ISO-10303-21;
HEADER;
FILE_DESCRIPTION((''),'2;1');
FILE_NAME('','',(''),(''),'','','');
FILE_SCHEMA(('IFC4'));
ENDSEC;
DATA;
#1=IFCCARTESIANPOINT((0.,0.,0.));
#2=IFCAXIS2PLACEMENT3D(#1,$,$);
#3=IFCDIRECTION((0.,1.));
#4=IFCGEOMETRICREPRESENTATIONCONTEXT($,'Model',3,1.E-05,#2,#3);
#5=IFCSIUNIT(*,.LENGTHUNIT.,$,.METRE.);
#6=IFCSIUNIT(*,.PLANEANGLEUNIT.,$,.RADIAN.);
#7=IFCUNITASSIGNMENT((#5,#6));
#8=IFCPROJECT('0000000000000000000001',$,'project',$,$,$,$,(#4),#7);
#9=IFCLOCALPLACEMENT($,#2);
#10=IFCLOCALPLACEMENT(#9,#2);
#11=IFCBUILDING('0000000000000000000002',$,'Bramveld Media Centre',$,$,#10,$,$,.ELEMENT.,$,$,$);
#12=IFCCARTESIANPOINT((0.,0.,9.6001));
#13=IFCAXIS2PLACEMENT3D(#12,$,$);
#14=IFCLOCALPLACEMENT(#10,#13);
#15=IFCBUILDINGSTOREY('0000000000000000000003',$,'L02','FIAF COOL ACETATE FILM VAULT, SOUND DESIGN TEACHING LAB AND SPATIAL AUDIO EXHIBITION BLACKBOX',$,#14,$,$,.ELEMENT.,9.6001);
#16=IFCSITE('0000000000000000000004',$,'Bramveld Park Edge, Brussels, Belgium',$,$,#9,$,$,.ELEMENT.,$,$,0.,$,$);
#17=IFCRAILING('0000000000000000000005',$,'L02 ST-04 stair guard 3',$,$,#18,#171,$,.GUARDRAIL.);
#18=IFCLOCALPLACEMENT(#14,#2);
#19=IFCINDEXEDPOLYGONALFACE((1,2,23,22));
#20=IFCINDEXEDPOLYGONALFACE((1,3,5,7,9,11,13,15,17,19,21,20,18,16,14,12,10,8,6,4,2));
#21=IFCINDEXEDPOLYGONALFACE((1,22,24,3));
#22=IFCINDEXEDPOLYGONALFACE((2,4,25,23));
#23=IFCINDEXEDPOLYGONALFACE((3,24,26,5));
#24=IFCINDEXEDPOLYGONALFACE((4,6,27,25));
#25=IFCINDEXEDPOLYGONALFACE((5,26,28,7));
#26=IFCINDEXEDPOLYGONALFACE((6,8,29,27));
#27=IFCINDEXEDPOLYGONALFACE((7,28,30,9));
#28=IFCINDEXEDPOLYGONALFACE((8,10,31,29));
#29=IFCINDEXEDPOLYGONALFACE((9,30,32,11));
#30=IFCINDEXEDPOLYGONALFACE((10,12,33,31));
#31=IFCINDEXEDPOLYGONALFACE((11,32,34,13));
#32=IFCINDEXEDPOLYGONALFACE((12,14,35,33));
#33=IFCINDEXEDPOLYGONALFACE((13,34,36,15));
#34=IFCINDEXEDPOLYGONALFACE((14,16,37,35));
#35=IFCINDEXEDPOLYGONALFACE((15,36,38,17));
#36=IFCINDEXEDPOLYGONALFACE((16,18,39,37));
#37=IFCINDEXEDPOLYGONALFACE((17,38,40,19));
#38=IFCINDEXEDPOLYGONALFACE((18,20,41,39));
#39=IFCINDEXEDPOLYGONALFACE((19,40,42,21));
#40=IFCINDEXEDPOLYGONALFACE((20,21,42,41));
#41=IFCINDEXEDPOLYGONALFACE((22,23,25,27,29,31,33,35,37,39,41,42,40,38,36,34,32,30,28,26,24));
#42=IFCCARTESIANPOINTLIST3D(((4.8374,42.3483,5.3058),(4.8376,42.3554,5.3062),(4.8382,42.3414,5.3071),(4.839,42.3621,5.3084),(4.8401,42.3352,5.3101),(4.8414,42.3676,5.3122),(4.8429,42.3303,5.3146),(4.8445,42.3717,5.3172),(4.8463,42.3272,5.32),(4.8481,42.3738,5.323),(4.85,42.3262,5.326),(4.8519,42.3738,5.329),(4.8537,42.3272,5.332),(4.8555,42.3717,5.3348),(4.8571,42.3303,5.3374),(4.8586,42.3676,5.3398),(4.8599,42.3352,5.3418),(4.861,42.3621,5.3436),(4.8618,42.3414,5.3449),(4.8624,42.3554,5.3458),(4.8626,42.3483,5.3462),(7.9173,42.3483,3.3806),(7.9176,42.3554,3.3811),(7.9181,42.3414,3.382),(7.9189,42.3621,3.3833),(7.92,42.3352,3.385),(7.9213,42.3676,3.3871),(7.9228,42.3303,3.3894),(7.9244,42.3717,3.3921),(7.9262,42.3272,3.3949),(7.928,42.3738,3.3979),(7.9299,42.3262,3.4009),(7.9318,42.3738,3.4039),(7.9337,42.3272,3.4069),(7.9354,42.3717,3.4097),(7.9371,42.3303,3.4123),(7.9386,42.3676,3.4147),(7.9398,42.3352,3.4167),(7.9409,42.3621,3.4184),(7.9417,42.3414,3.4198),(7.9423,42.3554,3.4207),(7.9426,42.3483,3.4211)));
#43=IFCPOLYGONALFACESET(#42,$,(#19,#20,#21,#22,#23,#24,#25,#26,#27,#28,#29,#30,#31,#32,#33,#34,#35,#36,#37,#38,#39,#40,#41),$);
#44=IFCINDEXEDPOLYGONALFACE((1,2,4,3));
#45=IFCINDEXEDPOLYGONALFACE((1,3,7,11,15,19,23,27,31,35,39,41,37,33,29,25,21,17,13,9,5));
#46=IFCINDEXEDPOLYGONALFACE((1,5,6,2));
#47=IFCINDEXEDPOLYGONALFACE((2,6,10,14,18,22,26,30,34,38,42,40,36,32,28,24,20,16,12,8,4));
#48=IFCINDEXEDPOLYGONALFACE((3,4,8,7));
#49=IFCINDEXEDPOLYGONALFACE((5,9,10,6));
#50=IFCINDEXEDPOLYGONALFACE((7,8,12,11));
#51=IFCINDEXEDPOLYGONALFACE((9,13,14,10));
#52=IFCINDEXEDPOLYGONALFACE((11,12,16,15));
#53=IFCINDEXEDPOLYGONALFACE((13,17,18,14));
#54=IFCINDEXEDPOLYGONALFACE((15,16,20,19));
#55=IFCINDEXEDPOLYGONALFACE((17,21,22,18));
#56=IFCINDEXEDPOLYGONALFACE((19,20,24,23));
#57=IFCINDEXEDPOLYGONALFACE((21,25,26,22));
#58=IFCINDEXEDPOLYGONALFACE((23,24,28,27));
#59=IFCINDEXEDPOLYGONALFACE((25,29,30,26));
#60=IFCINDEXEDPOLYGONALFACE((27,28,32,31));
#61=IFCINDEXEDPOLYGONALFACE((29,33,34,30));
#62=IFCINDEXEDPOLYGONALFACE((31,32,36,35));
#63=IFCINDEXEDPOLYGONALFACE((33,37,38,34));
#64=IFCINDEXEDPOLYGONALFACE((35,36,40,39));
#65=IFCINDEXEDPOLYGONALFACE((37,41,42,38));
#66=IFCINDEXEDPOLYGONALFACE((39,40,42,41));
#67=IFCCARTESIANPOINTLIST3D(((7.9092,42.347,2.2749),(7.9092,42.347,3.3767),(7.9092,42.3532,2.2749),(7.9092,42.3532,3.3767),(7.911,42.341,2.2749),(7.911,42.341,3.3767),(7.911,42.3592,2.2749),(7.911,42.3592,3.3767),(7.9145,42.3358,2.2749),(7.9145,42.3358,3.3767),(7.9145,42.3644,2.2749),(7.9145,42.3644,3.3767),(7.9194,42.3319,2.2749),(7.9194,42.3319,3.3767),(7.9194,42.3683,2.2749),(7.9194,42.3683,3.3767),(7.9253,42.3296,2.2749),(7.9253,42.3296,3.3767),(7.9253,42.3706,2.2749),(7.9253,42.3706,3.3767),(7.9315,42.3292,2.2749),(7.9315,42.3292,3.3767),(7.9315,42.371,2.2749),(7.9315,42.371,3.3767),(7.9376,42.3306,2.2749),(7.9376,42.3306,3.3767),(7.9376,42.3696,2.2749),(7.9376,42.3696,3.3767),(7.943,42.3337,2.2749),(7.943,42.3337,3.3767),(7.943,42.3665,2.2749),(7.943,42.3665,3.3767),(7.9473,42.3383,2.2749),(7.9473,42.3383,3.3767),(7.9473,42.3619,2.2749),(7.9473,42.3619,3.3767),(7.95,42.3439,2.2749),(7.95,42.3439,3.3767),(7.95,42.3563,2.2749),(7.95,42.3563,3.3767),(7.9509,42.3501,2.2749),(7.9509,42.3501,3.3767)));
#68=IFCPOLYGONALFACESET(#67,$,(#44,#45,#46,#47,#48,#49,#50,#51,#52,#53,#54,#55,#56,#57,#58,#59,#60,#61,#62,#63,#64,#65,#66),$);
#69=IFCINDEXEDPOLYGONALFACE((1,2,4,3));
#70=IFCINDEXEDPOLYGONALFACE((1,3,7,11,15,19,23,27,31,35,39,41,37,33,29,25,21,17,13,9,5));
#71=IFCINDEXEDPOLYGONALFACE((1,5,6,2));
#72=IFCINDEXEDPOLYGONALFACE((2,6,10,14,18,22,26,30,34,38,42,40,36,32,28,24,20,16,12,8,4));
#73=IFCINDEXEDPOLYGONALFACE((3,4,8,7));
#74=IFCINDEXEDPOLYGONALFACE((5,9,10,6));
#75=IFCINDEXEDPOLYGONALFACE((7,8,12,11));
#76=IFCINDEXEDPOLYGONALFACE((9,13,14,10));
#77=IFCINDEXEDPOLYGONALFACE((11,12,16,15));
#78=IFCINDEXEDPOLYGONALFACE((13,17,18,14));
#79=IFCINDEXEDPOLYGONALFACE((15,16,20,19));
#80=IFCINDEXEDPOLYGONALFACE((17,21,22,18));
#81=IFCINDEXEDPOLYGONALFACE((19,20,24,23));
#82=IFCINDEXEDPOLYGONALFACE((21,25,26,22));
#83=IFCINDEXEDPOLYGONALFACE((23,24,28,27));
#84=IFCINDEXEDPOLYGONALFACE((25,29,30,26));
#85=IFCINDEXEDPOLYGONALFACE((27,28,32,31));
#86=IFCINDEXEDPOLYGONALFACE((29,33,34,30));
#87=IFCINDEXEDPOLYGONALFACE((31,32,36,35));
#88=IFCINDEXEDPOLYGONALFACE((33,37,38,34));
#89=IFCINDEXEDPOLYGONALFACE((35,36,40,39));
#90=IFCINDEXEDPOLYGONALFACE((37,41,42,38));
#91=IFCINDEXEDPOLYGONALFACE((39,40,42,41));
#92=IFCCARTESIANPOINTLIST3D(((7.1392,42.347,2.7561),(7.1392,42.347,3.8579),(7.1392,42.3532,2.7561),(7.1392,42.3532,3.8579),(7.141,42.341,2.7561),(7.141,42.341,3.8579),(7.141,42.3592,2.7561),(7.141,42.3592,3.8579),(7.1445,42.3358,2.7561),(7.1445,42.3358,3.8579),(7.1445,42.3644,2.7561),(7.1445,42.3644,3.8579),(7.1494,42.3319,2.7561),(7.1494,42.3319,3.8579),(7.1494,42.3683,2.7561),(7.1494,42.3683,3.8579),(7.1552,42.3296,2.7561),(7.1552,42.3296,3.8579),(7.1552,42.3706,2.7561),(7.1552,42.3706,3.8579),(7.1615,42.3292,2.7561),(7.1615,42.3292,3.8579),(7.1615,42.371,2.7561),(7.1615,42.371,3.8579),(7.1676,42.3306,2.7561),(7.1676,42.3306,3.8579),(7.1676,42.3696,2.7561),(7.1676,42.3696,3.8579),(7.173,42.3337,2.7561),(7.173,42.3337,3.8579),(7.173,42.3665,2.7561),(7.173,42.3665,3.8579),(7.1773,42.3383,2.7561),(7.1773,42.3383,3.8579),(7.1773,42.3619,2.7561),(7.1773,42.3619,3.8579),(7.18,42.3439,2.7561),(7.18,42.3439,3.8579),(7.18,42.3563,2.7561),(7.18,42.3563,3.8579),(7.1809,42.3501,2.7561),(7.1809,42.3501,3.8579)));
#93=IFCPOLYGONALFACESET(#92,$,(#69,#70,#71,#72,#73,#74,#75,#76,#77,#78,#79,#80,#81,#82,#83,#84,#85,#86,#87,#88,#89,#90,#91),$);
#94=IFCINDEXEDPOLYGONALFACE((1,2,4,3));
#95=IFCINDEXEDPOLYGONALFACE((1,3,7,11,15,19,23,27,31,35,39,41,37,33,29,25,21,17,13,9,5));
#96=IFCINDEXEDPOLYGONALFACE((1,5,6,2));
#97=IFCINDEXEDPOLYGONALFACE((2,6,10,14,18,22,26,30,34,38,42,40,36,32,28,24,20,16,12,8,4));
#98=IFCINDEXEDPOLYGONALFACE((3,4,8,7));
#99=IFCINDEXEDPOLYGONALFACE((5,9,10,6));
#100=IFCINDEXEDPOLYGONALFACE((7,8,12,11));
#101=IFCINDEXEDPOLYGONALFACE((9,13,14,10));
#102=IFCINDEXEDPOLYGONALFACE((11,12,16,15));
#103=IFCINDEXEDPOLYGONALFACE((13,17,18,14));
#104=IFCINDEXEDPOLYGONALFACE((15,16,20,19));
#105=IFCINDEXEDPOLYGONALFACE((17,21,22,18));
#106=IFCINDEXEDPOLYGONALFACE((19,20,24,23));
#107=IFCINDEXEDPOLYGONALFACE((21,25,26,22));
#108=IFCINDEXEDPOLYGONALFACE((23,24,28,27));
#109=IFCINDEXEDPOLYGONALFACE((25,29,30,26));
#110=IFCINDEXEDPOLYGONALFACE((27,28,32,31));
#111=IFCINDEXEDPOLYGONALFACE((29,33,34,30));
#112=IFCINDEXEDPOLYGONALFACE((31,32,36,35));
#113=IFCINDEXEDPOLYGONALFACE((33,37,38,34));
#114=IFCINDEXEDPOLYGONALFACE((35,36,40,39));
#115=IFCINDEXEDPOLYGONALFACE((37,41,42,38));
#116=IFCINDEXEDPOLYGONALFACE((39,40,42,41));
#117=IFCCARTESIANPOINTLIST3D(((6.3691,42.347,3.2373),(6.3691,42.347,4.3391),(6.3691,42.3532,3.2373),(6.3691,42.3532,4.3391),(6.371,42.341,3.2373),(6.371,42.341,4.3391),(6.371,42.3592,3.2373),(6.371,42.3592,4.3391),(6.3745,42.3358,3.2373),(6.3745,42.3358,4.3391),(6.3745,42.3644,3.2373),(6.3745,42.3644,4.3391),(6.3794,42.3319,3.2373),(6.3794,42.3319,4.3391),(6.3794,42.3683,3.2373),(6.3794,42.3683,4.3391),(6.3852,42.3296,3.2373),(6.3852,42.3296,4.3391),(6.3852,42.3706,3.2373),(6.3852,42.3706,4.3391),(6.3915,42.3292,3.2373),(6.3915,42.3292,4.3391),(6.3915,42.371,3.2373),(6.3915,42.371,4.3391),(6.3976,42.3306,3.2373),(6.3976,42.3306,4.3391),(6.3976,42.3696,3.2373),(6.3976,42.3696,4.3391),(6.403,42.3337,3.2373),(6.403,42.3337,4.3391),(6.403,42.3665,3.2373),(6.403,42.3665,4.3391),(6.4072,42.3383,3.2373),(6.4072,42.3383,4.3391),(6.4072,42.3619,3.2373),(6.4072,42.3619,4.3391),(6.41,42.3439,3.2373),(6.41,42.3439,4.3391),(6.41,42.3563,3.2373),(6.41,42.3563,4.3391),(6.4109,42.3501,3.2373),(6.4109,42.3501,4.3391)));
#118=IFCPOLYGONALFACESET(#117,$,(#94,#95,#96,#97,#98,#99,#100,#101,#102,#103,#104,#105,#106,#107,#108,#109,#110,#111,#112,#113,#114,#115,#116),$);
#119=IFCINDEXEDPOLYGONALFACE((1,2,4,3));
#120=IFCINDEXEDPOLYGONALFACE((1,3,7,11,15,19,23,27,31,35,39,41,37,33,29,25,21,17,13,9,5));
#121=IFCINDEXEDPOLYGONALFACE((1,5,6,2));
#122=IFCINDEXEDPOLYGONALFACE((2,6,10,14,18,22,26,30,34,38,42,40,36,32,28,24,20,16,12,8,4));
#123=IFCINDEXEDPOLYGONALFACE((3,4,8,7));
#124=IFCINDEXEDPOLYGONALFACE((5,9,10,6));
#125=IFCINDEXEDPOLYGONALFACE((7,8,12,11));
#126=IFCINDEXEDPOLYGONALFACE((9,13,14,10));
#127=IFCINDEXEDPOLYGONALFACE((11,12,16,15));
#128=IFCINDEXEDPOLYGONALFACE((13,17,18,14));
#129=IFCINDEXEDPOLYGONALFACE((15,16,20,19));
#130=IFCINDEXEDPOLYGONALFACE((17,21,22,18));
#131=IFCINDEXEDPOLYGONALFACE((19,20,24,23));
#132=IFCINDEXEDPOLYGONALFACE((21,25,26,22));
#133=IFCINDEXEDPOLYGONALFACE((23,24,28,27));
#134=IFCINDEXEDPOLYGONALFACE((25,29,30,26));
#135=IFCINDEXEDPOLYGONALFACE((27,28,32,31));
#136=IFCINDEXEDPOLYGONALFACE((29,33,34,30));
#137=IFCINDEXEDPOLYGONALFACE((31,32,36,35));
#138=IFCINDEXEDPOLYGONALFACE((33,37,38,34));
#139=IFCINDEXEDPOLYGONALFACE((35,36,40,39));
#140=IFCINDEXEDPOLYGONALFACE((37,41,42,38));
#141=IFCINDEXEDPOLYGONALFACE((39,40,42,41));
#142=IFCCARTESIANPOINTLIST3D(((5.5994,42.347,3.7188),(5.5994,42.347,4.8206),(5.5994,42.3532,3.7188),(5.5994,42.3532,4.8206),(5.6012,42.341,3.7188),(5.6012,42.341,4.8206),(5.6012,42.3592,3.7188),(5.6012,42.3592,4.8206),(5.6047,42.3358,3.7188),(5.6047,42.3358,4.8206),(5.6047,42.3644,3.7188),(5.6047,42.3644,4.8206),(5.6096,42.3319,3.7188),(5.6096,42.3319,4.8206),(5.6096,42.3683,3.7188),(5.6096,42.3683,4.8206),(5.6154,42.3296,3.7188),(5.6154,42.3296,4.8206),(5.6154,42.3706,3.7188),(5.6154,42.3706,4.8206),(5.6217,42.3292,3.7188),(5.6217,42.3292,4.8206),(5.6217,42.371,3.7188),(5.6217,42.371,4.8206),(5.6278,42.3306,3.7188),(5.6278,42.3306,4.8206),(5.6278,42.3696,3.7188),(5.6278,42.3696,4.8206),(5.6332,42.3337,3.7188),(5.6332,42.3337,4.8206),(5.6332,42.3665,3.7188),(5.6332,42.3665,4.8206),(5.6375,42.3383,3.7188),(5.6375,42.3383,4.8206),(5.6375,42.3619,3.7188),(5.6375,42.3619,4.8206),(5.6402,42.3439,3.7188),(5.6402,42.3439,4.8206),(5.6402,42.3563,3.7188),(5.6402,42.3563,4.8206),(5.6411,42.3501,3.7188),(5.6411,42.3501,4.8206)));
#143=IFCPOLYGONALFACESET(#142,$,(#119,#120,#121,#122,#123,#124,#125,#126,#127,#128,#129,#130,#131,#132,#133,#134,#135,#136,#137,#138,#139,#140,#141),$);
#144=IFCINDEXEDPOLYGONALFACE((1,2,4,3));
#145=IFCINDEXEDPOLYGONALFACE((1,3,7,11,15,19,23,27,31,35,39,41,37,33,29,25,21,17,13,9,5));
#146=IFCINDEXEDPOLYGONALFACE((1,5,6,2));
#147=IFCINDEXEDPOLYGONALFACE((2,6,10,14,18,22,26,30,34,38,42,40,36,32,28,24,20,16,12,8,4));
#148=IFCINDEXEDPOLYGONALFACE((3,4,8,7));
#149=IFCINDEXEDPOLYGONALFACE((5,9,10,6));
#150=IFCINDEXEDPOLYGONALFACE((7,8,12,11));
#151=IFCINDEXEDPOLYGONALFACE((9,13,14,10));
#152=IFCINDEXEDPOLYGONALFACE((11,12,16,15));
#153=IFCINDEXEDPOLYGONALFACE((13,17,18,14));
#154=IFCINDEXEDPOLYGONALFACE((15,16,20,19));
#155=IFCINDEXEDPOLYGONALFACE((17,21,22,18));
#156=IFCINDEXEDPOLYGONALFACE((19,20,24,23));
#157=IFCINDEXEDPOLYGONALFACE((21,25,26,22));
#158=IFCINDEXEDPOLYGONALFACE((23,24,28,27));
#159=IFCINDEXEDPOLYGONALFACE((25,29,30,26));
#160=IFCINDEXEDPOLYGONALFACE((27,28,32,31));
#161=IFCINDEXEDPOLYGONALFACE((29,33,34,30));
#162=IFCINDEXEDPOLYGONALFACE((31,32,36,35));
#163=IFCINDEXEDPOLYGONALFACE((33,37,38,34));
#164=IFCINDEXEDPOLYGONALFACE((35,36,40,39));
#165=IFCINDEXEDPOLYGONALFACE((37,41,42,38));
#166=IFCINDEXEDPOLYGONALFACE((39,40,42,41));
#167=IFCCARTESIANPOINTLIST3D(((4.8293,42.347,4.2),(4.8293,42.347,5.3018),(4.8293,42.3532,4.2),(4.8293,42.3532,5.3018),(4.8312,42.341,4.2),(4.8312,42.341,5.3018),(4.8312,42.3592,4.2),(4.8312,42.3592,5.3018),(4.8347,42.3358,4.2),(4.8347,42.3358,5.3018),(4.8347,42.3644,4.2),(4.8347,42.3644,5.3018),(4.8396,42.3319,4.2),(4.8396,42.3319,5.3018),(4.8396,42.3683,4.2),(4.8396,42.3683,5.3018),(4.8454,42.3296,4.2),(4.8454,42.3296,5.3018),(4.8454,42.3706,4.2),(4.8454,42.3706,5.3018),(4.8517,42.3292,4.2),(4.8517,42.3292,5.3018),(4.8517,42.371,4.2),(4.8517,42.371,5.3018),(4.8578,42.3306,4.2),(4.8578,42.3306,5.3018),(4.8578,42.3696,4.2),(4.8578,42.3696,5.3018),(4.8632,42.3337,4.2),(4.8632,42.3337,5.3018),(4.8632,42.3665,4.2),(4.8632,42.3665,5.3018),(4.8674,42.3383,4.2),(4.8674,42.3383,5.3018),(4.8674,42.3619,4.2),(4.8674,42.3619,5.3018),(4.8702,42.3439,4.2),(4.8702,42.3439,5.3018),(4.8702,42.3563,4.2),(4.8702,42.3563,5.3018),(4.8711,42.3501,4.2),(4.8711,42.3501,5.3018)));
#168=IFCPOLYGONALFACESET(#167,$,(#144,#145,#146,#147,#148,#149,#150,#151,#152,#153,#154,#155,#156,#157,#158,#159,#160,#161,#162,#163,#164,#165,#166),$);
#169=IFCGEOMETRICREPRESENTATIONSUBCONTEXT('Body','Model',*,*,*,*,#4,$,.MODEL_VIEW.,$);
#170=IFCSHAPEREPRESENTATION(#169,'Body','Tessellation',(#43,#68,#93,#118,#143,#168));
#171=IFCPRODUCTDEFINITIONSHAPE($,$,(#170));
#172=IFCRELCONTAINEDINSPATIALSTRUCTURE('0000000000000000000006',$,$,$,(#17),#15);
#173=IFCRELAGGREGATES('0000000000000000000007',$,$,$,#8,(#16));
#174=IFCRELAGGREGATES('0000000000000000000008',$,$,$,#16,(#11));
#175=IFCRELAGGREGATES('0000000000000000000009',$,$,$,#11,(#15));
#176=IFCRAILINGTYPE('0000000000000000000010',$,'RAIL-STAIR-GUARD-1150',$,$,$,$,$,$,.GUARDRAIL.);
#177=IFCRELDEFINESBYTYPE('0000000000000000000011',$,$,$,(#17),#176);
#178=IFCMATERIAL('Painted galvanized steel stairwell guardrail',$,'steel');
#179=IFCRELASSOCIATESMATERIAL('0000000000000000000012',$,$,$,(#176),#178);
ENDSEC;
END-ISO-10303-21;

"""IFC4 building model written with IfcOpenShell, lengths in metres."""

from ifc_helpers import new_model, si_unit, direction, frame, origin, origin_2d, place, context, subcontext, project, spatial, circle, extrude, material, type_object, element, save


model = new_model("IFC4")

# Units and contexts
model_context = context("Model", 3, precision=1e-05, world=origin(), true_north=direction((0.0, 1.0)))
body_context = subcontext(model_context, "Body", "Model", "MODEL_VIEW")
ifc_project = project(units=[si_unit("LENGTHUNIT", "METRE"), si_unit("PLANEANGLEUNIT", "RADIAN")], contexts=[model_context])

# Site, building, storey
site_placement = place(None, origin())
site = spatial("IfcSite", under=ifc_project, at=site_placement, Name="Bramveld Park Edge, Brussels, Belgium", CompositionType="ELEMENT", RefElevation=0.0)
building_placement = place(site_placement, origin())
building = spatial("IfcBuilding", under=site, at=building_placement, Name="Bramveld Media Centre", CompositionType="ELEMENT")
storey_placement = place(building_placement, frame((0.0, 0.0, 9.6001)))
storey = spatial("IfcBuildingStorey", under=building, at=storey_placement, Name="L02", Description="FIAF COOL ACETATE FILM VAULT, SOUND DESIGN TEACHING LAB AND SPATIAL AUDIO EXHIBITION BLACKBOX", CompositionType="ELEMENT", Elevation=9.6001)

# Railing
ifc_material_1 = material(Name="Painted galvanized steel stairwell guardrail", Category="steel")
railing_type_1 = type_object("IfcRailingType", Name="RAIL-STAIR-GUARD-1150", PredefinedType="GUARDRAIL", material=ifc_material_1)
railing_1_placement = place(storey_placement, frame((7.9299, 42.3501, 2.2749)))
element("IfcRailing", 1, at=railing_1_placement, inside=storey, type_object=railing_type_1, Name="L02 ST-04 stair guard 3", PredefinedType="GUARDRAIL", context=body_context, shape_type="SweptSolid", body=[
    extrude(circle(Radius=0.0239, at=origin_2d()), frame((0.0, 0.0, 1.126), z_axis=(-0.847979, 0.0, 0.530029), x_axis=(0.0, -1.0, 0.0)), (0.0, 0.0, 1.0), 3.6321),
    extrude(circle(Radius=0.021, at=origin_2d()), origin(), (0.0, 0.0, 1.0), 1.1018),
    extrude(circle(Radius=0.021, at=origin_2d()), frame((-0.77, 0.0, 0.4812)), (0.0, 0.0, 1.0), 1.1018),
    extrude(circle(Radius=0.021, at=origin_2d()), frame((-1.54, 0.0, 0.9624)), (0.0, 0.0, 1.0), 1.1018),
    extrude(circle(Radius=0.021, at=origin_2d()), frame((-2.3098, 0.0, 1.4438)), (0.0, 0.0, 1.0), 1.1018),
    extrude(circle(Radius=0.021, at=origin_2d()), frame((-3.0798, 0.0, 1.925)), (0.0, 0.0, 1.0), 1.1018),
])

save(model, "model.ifc")
